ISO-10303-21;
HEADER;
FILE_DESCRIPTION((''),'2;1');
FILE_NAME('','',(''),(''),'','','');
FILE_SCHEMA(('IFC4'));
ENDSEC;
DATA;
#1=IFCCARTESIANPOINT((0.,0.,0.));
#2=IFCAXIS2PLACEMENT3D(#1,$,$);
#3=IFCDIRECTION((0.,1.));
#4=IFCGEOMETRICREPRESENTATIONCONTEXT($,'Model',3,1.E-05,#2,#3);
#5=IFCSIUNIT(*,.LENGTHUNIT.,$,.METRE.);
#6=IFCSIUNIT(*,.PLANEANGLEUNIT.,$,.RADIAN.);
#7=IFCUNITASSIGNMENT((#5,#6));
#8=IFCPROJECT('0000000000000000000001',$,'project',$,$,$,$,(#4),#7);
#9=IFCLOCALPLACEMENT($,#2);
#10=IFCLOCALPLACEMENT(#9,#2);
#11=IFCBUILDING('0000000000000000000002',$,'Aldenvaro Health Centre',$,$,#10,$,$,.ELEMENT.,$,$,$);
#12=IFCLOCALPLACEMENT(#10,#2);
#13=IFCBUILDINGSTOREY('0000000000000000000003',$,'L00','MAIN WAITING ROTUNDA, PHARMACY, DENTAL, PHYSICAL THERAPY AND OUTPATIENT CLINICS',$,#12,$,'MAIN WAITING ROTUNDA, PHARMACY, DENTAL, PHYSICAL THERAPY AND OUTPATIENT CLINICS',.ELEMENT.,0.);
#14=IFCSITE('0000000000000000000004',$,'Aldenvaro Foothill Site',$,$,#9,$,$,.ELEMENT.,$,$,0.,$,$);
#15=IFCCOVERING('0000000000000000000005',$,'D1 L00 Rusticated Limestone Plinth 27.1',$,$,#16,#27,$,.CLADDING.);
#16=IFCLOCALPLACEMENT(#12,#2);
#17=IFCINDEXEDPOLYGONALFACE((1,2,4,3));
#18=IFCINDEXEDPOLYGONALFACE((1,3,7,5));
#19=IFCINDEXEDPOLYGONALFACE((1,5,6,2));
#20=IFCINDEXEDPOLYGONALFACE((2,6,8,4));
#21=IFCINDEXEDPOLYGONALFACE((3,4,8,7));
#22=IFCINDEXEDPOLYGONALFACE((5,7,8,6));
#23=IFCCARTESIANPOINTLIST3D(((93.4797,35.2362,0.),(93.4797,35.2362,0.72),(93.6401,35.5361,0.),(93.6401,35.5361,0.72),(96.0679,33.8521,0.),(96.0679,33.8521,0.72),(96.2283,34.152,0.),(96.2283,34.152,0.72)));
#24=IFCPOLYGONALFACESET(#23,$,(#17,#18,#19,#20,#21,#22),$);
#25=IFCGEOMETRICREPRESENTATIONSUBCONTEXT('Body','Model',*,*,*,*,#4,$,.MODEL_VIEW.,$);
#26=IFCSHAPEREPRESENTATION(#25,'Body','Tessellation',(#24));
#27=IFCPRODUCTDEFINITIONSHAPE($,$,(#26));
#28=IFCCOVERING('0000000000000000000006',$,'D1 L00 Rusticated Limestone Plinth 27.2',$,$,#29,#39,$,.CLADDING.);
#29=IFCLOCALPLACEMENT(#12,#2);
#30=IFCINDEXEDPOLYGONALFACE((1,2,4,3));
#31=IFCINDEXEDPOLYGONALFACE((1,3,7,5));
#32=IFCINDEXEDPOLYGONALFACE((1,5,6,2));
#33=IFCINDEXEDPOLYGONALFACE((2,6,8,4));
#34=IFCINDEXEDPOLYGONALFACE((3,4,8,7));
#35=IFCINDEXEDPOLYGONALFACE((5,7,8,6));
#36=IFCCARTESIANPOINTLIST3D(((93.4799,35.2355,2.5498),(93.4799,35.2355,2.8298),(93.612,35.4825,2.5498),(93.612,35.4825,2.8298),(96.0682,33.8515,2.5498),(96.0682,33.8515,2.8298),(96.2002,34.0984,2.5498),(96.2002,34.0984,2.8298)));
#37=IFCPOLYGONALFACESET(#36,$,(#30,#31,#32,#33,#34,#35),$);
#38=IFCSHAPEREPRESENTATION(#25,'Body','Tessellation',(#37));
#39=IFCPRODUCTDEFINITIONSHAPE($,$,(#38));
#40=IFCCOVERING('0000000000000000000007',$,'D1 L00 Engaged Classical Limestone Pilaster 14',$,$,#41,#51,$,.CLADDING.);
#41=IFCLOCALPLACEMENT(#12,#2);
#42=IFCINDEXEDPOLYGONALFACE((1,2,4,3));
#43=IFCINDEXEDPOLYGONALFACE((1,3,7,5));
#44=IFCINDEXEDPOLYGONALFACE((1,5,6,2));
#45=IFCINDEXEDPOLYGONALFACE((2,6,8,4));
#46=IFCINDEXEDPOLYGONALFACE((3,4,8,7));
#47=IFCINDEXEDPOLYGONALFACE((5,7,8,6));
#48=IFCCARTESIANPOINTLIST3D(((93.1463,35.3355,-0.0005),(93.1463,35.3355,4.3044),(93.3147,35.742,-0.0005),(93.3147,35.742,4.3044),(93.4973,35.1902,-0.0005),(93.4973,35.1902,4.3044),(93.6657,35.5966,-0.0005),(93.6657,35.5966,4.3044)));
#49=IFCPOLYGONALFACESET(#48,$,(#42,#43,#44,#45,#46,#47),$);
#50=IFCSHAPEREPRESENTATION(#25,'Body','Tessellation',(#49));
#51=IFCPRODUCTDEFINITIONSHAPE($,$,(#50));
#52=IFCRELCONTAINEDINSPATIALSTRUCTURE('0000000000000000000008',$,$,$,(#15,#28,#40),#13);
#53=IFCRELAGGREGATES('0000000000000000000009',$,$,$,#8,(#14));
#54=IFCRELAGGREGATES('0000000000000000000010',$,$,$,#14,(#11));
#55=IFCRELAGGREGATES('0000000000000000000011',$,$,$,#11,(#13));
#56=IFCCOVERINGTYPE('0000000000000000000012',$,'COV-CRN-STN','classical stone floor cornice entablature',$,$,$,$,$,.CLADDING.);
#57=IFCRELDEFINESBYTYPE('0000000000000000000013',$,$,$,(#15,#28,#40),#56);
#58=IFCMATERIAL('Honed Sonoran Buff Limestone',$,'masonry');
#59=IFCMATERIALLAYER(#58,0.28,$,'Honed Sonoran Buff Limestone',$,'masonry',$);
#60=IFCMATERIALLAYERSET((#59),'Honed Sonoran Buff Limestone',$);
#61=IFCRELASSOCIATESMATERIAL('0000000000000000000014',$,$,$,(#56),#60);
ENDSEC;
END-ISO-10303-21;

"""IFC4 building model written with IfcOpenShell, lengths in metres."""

from ifc_helpers import new_model, si_unit, direction, frame, origin, origin_2d, place, context, subcontext, project, spatial, rectangle, extrude, material, layer, layer_set, type_object, element, save


model = new_model("IFC4")

# Units and contexts
model_context = context("Model", 3, precision=1e-05, world=origin(), true_north=direction((0.0, 1.0)))
body_context = subcontext(model_context, "Body", "Model", "MODEL_VIEW")
ifc_project = project(units=[si_unit("LENGTHUNIT", "METRE"), si_unit("PLANEANGLEUNIT", "RADIAN")], contexts=[model_context])

# Site, building, storey
site_placement = place(None, origin())
site = spatial("IfcSite", under=ifc_project, at=site_placement, Name="Aldenvaro Foothill Site", CompositionType="ELEMENT", RefElevation=0.0)
building_placement = place(site_placement, origin())
building = spatial("IfcBuilding", under=site, at=building_placement, Name="Aldenvaro Health Centre", CompositionType="ELEMENT")
storey_placement = place(building_placement, origin())
storey = spatial("IfcBuildingStorey", under=building, at=storey_placement, Name="L00", Description="MAIN WAITING ROTUNDA, PHARMACY, DENTAL, PHYSICAL THERAPY AND OUTPATIENT CLINICS", LongName="MAIN WAITING ROTUNDA, PHARMACY, DENTAL, PHYSICAL THERAPY AND OUTPATIENT CLINICS", CompositionType="ELEMENT", Elevation=0.0)

# Coverings
ifc_material_1 = material(Name="Honed Sonoran Buff Limestone", Category="masonry")
ifc_layer_1 = layer(ifc_material_1, 0.28, Name="Honed Sonoran Buff Limestone", Category="masonry")
ifc_layer_set_1 = layer_set([ifc_layer_1], Name="Honed Sonoran Buff Limestone")
covering_type = type_object("IfcCoveringType", Name="COV-CRN-STN", Description="classical stone floor cornice entablature", PredefinedType="CLADDING", material=ifc_layer_set_1)
covering_1_placement = place(storey_placement, frame((94.854, 34.6941, 0.0), z_axis=(0.0, 0.0, 1.0), x_axis=(0.881836, -0.471557, 0.0)))
element("IfcCovering", 1, at=covering_1_placement, inside=storey, type_object=covering_type, Name="D1 L00 Rusticated Limestone Plinth 27.1", PredefinedType="CLADDING", context=body_context, shape_type="SweptSolid", body=[
    extrude(rectangle(XDim=2.9351, YDim=0.3401, at=origin_2d()), origin(), (0.0, 0.0, 1.0), 0.72),
])
covering_2_placement = place(storey_placement, frame((94.8401, 34.667, 2.5498), z_axis=(0.0, 0.0, 1.0), x_axis=(0.881836, -0.471557, 0.0)))
element("IfcCovering", 2, at=covering_2_placement, inside=storey, type_object=covering_type, Name="D1 L00 Rusticated Limestone Plinth 27.2", PredefinedType="CLADDING", context=body_context, shape_type="SweptSolid", body=[
    extrude(rectangle(XDim=2.9351, YDim=0.28, at=origin_2d()), origin(), (0.0, 0.0, 1.0), 0.28),
])
covering_3_placement = place(storey_placement, frame((93.406, 35.4661, -0.0005), z_axis=(0.0, 0.0, 1.0), x_axis=(0.382675, 0.923883, 0.0)))
element("IfcCovering", 3, at=covering_3_placement, inside=storey, type_object=covering_type, Name="D1 L00 Engaged Classical Limestone Pilaster 14", PredefinedType="CLADDING", context=body_context, shape_type="SweptSolid", body=[
    extrude(rectangle(XDim=0.4399, YDim=0.3799, at=origin_2d()), origin(), (0.0, 0.0, 1.0), 4.3049),
])

save(model, "model.ifc")
